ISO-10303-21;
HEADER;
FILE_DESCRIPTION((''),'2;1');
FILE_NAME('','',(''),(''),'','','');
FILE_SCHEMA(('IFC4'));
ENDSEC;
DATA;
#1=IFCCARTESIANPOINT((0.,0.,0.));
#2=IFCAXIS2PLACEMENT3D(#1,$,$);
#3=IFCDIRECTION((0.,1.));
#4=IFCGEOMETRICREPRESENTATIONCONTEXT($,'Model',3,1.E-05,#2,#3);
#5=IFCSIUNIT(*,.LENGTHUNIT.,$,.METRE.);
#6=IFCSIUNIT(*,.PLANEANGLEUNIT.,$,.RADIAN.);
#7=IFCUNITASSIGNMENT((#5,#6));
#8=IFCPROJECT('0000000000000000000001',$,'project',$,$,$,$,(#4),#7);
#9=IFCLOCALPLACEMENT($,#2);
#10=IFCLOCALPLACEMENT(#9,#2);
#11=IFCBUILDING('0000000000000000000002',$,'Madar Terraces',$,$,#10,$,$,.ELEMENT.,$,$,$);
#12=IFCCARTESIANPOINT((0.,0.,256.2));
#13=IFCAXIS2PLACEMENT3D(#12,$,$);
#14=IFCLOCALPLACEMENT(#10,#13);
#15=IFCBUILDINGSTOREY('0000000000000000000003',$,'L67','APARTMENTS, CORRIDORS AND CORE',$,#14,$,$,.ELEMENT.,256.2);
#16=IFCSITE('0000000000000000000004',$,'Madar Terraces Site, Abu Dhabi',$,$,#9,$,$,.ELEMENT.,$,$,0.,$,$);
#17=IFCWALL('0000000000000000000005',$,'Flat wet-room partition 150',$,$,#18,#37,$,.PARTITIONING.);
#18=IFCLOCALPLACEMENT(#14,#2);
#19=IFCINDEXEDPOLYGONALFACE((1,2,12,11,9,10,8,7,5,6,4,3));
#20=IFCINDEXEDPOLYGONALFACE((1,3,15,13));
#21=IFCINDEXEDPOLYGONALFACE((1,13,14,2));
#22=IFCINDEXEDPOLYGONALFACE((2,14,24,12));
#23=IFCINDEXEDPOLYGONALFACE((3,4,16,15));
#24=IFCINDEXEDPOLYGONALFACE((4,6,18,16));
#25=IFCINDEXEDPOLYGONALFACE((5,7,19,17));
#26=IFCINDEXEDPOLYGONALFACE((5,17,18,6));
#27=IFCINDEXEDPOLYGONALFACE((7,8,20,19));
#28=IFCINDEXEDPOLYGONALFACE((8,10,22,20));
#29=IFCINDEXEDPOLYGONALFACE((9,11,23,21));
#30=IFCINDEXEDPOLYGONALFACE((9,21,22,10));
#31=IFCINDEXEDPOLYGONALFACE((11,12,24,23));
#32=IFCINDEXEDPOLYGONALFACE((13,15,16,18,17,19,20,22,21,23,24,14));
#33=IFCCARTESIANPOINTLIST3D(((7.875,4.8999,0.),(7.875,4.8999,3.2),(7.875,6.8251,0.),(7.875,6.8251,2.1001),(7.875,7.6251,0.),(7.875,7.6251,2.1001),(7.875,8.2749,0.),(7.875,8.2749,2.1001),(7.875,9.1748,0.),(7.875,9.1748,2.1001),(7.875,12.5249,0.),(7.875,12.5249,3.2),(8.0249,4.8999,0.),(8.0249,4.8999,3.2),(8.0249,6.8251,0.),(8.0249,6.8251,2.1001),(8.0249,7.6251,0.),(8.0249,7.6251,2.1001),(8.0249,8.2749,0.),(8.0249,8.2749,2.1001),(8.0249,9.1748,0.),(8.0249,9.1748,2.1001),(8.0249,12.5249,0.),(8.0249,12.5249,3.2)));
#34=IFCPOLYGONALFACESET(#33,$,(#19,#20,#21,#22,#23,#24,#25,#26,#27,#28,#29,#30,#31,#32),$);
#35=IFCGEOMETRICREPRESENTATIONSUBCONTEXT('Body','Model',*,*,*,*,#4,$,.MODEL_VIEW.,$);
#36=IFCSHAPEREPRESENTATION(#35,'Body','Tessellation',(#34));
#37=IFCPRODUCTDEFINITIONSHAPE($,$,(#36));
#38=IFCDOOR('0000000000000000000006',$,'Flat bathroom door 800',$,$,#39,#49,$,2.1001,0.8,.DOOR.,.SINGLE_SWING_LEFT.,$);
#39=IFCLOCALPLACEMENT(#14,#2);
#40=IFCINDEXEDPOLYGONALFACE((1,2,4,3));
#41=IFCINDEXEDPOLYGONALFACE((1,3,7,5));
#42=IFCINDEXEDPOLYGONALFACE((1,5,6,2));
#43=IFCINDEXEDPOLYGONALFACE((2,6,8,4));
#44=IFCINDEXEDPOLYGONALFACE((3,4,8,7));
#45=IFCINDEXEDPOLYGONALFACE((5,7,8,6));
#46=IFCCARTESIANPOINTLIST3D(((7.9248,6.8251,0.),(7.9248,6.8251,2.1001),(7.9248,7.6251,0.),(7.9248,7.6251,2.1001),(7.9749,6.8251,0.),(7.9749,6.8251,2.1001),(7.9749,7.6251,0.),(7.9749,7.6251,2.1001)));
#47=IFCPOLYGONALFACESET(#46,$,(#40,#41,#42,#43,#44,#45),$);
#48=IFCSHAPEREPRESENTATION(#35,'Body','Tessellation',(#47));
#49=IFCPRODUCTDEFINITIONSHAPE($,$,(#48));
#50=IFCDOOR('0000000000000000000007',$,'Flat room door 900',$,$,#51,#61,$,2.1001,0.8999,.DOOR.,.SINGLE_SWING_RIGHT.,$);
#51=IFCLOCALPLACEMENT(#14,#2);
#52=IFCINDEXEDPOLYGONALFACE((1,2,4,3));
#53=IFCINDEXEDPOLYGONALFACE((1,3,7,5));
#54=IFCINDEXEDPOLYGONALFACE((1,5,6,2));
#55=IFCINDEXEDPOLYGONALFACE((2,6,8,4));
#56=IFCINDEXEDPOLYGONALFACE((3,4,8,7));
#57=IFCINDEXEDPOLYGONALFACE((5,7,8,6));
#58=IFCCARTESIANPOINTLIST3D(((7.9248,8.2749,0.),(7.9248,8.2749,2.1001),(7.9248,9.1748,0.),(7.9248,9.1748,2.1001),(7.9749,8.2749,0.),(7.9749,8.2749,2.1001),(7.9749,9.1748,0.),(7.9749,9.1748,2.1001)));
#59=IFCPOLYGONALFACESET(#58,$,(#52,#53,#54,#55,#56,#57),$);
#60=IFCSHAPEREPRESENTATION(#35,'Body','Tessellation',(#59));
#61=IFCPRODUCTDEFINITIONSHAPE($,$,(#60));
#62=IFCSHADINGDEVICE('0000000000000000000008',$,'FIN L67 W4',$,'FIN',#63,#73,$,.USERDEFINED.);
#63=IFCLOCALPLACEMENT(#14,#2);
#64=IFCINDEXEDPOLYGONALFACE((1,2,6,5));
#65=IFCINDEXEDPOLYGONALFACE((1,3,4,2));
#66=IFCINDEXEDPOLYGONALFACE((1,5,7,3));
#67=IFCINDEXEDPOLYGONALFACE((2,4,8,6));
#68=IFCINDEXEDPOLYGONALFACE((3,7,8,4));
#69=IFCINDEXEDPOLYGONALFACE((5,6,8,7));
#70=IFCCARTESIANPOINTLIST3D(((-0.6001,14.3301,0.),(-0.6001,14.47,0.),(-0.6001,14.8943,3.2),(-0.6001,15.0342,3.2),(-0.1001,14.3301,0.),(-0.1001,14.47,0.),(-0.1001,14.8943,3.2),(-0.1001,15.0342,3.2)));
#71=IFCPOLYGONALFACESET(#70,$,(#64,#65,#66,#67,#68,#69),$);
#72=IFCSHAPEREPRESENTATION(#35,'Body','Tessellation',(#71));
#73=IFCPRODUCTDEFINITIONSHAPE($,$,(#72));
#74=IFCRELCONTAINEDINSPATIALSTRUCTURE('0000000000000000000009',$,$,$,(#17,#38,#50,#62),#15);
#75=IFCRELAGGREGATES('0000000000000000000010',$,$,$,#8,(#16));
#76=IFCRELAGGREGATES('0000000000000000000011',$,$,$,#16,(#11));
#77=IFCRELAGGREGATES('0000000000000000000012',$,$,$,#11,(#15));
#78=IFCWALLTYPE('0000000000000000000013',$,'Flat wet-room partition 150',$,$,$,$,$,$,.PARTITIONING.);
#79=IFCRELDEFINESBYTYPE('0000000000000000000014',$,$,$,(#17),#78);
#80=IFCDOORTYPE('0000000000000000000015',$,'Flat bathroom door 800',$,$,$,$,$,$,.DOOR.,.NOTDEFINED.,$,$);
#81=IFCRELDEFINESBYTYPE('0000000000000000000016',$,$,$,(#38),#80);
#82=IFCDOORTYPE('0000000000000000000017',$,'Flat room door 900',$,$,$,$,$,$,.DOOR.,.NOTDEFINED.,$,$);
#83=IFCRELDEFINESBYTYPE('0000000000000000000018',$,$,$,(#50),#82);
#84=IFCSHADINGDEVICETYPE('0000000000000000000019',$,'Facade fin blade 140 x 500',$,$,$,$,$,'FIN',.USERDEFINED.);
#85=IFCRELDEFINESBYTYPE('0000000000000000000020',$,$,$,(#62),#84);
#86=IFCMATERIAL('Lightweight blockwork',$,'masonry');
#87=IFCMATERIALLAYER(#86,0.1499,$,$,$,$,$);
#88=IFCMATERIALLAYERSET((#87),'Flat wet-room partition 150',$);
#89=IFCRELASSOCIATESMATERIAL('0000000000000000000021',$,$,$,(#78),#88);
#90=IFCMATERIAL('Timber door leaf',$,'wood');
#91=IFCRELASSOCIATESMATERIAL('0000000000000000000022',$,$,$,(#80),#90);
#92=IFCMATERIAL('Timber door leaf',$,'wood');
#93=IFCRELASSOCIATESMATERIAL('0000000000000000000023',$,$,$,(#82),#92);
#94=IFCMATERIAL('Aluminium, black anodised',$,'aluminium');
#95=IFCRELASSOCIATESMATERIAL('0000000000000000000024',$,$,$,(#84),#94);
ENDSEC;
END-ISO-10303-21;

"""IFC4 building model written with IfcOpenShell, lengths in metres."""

from ifc_helpers import new_model, si_unit, direction, frame, frame_2d, origin, place, context, subcontext, project, spatial, polyline, rectangle, outline, extrude, material, layer, layer_set, type_object, element, fill, save


model = new_model("IFC4")

# Units and contexts
model_context = context("Model", 3, precision=1e-05, world=origin(), true_north=direction((0.0, 1.0)))
body_context = subcontext(model_context, "Body", "Model", "MODEL_VIEW")
ifc_project = project(units=[si_unit("LENGTHUNIT", "METRE"), si_unit("PLANEANGLEUNIT", "RADIAN")], contexts=[model_context])

# Site, building, storey
site_placement = place(None, origin())
site = spatial("IfcSite", under=ifc_project, at=site_placement, Name="Madar Terraces Site, Abu Dhabi", CompositionType="ELEMENT", RefElevation=0.0)
building_placement = place(site_placement, origin())
building = spatial("IfcBuilding", under=site, at=building_placement, Name="Madar Terraces", CompositionType="ELEMENT")
storey_placement = place(building_placement, frame((0.0, 0.0, 256.2)))
storey = spatial("IfcBuildingStorey", under=building, at=storey_placement, Name="L67", Description="APARTMENTS, CORRIDORS AND CORE", CompositionType="ELEMENT", Elevation=256.2)

# Shared definitions
ifc_material_1 = material(Name="Lightweight blockwork", Category="masonry")
ifc_layer_1 = layer(ifc_material_1, 0.1499)
ifc_layer_set_1 = layer_set([ifc_layer_1], Name="Flat wet-room partition 150")
wall_type_1 = type_object("IfcWallType", Name="Flat wet-room partition 150", PredefinedType="PARTITIONING", material=ifc_layer_set_1)

# Wall, openings, doors
wall_1_placement = place(storey_placement, frame((7.95, 12.5249, 0.0), z_axis=(0.0, 0.0, 1.0), x_axis=(0.0, -1.0, 0.0)))
wall_1 = element("IfcWall", 1, at=wall_1_placement, inside=storey, type_object=wall_type_1, Name="Flat wet-room partition 150", PredefinedType="PARTITIONING", context=body_context, shape_type="SweptSolid", body=[
    extrude(rectangle(XDim=7.625, YDim=0.1499, at=frame_2d((3.8125, 0.0))), origin(), (0.0, 0.0, 1.0), 3.2),
])
opening_1_placement = place(wall_1_placement, frame((3.3501, 0.0, 0.0)))
opening_1 = element("IfcOpeningElement", 2, at=opening_1_placement, cuts=wall_1, PredefinedType="OPENING", context=body_context, shape_type="SweptSolid", body=[
    extrude(rectangle(XDim=0.8999, YDim=2.1001, at=frame_2d((0.45, 1.05))), frame((0.0, 0.085, 0.0), z_axis=(0.0, -1.0, 0.0), x_axis=(1.0, 0.0, 0.0)), (0.0, 0.0, 1.0), 0.1699),
])
opening_2_placement = place(wall_1_placement, frame((4.8999, 0.0, 0.0)))
opening_2 = element("IfcOpeningElement", 3, at=opening_2_placement, cuts=wall_1, PredefinedType="OPENING", context=body_context, shape_type="SweptSolid", body=[
    extrude(rectangle(XDim=0.8, YDim=2.1001, at=frame_2d((0.3999, 1.05))), frame((0.0, 0.085, 0.0), z_axis=(0.0, -1.0, 0.0), x_axis=(1.0, 0.0, 0.0)), (0.0, 0.0, 1.0), 0.1699),
])
ifc_material_2 = material(Name="Timber door leaf", Category="wood")
door_type_1 = type_object("IfcDoorType", Name="Flat bathroom door 800", OperationType="NOTDEFINED", PredefinedType="DOOR", material=ifc_material_2)
door_1_placement = place(opening_2_placement, origin())
door_1 = element("IfcDoor", 4, at=door_1_placement, inside=storey, type_object=door_type_1, Name="Flat bathroom door 800", OperationType="SINGLE_SWING_LEFT", OverallHeight=2.1001, OverallWidth=0.8, PredefinedType="DOOR", context=body_context, shape_type="SweptSolid", body=[
    extrude(rectangle(XDim=0.8, YDim=2.1001, at=frame_2d((0.3999, 1.05))), frame((0.0, 0.0249, 0.0), z_axis=(0.0, -1.0, 0.0), x_axis=(1.0, 0.0, 0.0)), (0.0, 0.0, 1.0), 0.05),
])
fill(opening_2, door_1)
ifc_material_3 = material(Name="Timber door leaf", Category="wood")
door_type_2 = type_object("IfcDoorType", Name="Flat room door 900", OperationType="NOTDEFINED", PredefinedType="DOOR", material=ifc_material_3)
door_2_placement = place(opening_1_placement, origin())
door_2 = element("IfcDoor", 5, at=door_2_placement, inside=storey, type_object=door_type_2, Name="Flat room door 900", OperationType="SINGLE_SWING_RIGHT", OverallHeight=2.1001, OverallWidth=0.8999, PredefinedType="DOOR", context=body_context, shape_type="SweptSolid", body=[
    extrude(rectangle(XDim=0.8999, YDim=2.1001, at=frame_2d((0.45, 1.05))), frame((0.0, 0.0249, 0.0), z_axis=(0.0, -1.0, 0.0), x_axis=(1.0, 0.0, 0.0)), (0.0, 0.0, 1.0), 0.05),
])
fill(opening_1, door_2)

# Shading device
ifc_material_4 = material(Name="Aluminium, black anodised", Category="aluminium")
shading_device_type = type_object("IfcShadingDeviceType", Name="Facade fin blade 140 x 500", ElementType="FIN", PredefinedType="USERDEFINED", material=ifc_material_4)
shading_device_placement = place(storey_placement, frame((-0.3501, 14.47, 0.0), z_axis=(0.0, 0.0, 1.0), x_axis=(0.0, -1.0, 0.0)))
element("IfcShadingDevice", 6, at=shading_device_placement, inside=storey, type_object=shading_device_type, Name="FIN L67 W4", ObjectType="FIN", PredefinedType="USERDEFINED", context=body_context, shape_type="SweptSolid", body=[
    extrude(outline(polyline([(0.0, 0.0), (0.1399, 0.0), (-0.4243, 3.2), (-0.5642, 3.2), (0.0, 0.0)])), frame((0.0, 0.25, 0.0), z_axis=(0.0, -1.0, 0.0), x_axis=(1.0, 0.0, 0.0)), (0.0, 0.0, 1.0), 0.5),
])

save(model, "model.ifc")
